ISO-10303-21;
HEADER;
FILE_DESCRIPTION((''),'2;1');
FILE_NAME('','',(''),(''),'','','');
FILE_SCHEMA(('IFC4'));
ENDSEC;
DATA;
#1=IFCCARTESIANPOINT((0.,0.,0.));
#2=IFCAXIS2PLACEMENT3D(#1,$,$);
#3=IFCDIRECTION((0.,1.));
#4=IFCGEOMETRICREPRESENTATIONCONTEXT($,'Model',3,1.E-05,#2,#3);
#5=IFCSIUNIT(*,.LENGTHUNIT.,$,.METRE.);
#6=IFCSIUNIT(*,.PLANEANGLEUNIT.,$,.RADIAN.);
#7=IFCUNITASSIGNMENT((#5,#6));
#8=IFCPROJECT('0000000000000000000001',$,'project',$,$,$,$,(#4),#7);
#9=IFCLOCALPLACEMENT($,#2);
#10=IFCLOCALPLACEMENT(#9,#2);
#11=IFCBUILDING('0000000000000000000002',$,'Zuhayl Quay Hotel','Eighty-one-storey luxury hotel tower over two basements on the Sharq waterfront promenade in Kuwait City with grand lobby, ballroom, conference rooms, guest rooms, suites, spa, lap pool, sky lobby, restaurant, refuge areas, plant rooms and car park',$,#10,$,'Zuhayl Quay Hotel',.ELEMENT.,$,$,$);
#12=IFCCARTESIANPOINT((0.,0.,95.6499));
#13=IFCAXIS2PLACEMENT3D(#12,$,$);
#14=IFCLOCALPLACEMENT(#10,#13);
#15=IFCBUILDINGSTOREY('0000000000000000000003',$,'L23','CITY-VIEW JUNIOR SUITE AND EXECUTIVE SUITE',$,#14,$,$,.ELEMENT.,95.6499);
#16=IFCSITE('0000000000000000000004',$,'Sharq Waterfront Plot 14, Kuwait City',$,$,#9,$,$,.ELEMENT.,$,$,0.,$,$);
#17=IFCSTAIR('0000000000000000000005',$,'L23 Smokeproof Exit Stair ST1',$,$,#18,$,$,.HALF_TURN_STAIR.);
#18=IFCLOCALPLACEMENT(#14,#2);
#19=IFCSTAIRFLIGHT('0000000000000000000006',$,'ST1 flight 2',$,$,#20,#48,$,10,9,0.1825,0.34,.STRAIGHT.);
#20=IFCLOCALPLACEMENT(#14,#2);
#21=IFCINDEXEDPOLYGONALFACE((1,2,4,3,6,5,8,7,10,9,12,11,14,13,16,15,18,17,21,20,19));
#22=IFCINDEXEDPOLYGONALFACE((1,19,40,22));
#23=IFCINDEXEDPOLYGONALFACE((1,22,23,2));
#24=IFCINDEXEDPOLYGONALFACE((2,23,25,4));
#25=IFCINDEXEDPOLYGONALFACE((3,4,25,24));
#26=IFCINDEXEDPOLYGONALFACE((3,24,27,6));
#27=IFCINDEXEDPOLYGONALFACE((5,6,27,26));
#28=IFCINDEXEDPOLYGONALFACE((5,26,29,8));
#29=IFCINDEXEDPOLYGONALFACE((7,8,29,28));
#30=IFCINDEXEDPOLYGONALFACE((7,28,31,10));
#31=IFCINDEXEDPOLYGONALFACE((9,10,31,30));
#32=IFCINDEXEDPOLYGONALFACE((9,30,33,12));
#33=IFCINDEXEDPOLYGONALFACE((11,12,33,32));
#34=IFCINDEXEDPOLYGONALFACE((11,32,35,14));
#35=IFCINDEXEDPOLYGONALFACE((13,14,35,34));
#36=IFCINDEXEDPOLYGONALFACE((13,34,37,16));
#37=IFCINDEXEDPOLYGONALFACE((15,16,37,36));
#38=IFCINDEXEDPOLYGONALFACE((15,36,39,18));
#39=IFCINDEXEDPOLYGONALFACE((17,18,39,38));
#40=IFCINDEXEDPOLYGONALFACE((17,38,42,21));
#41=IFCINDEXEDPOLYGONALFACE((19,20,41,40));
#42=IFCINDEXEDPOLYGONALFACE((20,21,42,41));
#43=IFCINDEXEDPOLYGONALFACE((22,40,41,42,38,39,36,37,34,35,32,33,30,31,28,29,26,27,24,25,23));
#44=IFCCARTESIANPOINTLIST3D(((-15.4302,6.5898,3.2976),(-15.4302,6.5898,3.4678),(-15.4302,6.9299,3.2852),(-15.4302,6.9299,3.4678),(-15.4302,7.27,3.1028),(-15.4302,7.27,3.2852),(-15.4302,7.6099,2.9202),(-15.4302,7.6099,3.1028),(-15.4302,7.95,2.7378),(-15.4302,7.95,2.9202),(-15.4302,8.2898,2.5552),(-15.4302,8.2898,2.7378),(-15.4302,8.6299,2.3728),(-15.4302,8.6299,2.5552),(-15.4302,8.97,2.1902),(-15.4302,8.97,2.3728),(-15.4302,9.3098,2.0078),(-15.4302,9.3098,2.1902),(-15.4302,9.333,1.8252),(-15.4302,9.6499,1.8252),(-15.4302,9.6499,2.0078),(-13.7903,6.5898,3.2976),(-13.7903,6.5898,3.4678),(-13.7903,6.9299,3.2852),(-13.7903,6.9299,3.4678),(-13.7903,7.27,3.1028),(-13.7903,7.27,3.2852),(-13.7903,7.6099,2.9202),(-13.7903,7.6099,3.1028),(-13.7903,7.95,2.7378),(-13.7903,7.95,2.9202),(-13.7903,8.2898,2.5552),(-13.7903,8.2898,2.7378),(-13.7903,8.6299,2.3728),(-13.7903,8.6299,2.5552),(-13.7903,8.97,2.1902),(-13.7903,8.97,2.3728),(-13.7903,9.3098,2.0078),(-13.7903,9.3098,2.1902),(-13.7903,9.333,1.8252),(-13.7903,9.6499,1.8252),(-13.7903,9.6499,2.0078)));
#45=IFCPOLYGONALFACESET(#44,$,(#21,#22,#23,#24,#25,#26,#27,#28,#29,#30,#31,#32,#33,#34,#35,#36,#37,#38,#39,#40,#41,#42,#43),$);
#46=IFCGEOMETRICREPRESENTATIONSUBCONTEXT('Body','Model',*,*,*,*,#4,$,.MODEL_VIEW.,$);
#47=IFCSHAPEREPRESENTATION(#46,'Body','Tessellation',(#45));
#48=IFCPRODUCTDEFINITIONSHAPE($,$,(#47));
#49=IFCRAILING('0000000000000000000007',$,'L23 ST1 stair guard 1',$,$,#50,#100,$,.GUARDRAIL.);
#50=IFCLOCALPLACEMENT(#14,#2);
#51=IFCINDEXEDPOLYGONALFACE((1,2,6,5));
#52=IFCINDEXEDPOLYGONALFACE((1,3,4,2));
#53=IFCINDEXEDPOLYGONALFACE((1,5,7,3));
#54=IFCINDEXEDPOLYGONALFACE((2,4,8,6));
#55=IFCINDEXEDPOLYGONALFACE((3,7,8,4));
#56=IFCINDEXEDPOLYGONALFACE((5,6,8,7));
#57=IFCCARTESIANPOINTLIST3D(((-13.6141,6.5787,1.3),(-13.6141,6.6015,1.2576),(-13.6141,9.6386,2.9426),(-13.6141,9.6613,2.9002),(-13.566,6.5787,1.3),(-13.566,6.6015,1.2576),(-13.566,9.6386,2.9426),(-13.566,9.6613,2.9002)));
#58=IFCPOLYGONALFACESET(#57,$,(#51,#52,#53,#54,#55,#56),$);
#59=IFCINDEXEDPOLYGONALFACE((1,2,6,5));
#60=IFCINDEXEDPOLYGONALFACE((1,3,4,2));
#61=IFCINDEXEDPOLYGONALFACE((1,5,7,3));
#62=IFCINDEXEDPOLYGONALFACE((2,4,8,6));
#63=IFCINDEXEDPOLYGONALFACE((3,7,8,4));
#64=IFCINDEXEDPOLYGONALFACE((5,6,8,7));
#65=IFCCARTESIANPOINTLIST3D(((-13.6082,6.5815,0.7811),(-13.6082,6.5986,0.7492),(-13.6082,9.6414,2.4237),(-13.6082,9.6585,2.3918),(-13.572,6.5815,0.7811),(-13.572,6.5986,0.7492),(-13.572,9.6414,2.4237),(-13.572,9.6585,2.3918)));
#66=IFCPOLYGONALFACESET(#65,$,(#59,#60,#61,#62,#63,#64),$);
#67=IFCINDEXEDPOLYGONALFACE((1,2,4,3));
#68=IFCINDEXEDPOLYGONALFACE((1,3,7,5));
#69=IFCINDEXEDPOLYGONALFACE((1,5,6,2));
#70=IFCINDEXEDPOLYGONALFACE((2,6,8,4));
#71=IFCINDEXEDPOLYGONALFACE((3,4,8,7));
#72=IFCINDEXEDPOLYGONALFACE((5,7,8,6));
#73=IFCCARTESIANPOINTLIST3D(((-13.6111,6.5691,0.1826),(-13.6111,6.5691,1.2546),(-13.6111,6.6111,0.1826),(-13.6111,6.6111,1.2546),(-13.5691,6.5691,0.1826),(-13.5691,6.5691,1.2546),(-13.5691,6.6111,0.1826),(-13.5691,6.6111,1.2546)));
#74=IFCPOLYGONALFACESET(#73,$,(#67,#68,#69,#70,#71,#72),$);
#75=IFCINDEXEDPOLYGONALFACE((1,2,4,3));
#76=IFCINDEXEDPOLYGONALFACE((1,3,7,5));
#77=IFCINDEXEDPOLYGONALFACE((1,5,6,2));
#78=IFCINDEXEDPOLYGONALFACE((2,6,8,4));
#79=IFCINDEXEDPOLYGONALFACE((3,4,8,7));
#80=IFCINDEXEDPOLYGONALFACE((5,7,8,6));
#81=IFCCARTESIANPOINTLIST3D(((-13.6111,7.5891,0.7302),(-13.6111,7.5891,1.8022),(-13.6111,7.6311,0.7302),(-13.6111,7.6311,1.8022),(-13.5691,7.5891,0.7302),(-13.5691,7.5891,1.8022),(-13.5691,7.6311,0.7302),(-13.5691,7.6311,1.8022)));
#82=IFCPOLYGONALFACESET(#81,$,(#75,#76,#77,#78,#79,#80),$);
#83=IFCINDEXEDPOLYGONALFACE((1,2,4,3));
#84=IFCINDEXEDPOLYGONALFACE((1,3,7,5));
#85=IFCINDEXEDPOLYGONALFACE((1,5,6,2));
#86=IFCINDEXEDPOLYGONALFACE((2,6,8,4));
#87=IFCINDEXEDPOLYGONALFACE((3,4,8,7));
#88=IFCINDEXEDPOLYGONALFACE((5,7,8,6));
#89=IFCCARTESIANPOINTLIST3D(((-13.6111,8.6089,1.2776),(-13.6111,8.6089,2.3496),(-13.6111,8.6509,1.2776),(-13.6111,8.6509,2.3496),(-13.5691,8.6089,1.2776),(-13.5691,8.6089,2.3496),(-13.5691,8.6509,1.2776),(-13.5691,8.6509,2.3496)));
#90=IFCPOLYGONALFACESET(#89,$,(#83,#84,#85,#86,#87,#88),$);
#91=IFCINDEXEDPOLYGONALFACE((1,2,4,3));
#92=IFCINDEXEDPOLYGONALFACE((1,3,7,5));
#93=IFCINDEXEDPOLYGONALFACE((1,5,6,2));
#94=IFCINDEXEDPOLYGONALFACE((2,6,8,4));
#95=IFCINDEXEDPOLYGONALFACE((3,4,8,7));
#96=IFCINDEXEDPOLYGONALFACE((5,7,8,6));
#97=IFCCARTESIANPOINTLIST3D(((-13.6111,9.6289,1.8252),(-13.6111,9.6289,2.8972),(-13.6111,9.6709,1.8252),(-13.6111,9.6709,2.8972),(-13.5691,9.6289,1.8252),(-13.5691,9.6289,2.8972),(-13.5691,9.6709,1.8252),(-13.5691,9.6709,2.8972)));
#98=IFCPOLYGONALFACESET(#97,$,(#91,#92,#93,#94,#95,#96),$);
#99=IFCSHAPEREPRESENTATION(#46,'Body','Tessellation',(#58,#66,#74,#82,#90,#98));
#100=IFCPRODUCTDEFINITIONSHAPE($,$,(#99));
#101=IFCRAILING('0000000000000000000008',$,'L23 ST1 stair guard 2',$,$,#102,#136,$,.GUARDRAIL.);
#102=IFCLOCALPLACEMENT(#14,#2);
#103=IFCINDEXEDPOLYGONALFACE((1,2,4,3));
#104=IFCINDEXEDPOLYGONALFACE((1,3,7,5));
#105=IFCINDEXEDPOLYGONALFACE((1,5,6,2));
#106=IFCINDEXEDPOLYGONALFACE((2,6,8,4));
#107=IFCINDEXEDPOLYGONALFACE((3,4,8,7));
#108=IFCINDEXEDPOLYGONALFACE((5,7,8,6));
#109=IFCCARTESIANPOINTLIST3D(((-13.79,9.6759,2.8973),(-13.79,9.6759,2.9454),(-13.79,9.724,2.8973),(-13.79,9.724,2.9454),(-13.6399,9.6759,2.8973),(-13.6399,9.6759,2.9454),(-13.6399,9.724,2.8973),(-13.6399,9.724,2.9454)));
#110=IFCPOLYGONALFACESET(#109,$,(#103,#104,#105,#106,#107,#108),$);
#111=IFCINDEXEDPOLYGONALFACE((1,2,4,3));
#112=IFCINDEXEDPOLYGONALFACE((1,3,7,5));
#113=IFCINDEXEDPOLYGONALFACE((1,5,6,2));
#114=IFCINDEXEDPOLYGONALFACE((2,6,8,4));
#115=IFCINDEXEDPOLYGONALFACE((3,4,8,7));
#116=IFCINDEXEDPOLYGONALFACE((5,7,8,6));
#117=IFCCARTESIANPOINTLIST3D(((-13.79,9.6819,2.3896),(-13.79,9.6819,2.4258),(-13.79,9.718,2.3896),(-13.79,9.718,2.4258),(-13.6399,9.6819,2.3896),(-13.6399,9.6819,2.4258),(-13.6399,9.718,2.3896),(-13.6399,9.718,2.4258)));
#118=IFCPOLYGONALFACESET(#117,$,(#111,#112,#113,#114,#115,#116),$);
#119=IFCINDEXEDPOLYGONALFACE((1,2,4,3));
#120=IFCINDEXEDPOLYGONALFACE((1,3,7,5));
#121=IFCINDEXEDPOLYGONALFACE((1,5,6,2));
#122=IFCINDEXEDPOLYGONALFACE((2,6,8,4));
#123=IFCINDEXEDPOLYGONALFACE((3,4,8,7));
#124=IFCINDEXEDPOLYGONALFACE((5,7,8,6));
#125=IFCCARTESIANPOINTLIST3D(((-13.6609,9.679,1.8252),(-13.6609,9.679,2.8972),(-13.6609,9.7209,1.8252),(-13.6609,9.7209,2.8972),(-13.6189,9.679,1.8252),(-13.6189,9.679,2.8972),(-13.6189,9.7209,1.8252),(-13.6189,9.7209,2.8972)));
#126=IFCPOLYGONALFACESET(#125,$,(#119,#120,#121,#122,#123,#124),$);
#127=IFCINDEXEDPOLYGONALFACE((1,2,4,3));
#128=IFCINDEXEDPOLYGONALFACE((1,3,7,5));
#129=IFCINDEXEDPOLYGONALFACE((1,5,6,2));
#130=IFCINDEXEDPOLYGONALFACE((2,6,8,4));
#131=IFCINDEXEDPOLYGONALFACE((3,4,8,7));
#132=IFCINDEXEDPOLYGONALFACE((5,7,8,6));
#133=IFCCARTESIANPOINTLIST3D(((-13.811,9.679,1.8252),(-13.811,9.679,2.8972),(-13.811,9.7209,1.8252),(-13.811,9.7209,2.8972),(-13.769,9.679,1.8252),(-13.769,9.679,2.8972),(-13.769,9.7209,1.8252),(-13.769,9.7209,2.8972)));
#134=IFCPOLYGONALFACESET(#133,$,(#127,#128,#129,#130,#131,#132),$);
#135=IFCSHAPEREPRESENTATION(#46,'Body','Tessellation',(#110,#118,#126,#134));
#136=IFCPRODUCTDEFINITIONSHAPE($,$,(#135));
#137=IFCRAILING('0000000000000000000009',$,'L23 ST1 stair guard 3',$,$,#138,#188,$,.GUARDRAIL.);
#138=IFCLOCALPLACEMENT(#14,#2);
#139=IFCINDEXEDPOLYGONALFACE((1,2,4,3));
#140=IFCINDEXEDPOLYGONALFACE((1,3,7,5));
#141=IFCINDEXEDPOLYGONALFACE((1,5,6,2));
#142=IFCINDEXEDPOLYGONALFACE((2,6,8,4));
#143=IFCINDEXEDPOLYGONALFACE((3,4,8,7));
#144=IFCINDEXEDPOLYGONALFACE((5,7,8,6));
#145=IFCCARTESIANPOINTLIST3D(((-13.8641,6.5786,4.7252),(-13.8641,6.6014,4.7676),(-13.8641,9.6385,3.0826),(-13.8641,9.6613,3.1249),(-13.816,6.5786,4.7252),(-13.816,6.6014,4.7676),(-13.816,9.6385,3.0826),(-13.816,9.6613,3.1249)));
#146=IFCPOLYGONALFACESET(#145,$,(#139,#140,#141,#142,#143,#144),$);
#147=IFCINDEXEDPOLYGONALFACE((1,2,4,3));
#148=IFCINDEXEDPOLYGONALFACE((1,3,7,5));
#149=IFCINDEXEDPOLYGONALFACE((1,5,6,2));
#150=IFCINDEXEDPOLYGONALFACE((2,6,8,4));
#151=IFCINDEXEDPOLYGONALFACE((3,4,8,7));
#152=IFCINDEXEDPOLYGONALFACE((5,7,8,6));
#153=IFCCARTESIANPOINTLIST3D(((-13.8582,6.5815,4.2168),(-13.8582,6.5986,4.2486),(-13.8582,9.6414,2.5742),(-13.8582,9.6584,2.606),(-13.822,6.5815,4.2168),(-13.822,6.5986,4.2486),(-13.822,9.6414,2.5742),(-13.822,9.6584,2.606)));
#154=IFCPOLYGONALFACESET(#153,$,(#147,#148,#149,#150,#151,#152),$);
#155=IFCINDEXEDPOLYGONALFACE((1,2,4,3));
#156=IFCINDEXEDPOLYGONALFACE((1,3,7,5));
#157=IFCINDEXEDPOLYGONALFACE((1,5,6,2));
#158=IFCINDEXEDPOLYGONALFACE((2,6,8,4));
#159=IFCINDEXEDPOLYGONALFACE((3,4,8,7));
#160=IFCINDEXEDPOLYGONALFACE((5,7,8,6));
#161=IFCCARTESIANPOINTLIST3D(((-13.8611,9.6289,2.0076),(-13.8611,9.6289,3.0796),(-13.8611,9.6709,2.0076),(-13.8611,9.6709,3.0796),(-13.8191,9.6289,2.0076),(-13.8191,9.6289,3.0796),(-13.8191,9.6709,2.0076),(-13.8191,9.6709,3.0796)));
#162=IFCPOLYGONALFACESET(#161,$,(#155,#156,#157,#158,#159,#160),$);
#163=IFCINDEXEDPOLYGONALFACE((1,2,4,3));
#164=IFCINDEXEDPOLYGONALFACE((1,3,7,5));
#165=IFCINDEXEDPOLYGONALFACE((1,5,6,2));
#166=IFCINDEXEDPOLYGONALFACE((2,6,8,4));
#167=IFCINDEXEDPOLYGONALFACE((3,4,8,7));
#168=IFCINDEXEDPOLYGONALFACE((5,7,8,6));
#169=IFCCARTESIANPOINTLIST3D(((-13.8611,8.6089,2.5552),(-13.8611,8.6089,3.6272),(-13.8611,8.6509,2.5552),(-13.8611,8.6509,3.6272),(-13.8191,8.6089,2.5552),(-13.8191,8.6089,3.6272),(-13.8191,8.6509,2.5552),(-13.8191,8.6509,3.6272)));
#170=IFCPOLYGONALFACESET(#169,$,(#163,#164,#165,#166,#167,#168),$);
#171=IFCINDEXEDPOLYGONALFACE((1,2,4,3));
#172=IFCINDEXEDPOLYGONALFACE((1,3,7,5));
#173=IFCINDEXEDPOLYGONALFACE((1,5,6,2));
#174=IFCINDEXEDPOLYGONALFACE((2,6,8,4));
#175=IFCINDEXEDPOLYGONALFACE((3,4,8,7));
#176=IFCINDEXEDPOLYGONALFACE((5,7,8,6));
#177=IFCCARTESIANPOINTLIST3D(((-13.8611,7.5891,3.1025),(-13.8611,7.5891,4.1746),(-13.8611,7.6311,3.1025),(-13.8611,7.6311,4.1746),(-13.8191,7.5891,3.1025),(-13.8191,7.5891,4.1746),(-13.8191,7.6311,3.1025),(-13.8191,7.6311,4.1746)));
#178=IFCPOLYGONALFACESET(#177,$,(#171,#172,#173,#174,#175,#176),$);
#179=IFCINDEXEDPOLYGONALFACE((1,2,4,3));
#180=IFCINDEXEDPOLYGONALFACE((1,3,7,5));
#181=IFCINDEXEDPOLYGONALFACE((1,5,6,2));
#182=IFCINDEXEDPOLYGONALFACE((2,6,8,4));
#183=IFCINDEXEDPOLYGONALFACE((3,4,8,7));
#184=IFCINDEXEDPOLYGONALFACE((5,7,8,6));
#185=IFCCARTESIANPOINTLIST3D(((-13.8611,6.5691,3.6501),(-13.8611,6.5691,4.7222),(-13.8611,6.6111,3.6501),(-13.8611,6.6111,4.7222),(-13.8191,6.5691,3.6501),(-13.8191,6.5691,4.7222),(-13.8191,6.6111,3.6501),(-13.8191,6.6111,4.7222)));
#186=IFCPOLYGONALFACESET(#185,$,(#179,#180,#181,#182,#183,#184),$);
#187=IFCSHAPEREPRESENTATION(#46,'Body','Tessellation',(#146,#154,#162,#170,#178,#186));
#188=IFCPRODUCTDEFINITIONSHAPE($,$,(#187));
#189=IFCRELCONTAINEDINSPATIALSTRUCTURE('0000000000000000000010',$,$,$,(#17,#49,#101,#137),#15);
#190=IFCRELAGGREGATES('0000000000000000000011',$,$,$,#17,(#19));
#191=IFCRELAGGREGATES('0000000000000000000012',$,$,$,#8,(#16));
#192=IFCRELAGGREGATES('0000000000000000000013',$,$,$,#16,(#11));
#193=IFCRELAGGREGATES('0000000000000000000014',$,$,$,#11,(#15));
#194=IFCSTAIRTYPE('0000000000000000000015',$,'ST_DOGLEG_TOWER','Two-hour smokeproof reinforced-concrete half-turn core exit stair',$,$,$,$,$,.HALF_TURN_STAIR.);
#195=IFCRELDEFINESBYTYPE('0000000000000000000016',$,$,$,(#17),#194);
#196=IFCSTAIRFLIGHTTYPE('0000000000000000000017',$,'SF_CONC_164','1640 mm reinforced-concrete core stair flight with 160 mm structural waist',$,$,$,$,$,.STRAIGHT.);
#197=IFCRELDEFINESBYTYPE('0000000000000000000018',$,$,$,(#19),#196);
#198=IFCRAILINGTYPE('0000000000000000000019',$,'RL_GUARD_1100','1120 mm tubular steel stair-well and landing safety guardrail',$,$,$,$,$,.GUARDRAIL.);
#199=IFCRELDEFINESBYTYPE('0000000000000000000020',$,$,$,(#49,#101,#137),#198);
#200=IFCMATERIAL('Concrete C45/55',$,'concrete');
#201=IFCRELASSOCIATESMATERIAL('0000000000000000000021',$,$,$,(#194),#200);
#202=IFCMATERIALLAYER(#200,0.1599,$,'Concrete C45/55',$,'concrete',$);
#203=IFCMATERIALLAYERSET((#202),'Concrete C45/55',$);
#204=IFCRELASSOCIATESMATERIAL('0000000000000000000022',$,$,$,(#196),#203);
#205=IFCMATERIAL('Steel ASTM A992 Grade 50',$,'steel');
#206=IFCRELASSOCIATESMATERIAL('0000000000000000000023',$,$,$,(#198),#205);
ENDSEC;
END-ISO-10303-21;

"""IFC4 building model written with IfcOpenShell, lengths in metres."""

from ifc_helpers import new_model, si_unit, direction, frame, origin, origin_2d, place, context, subcontext, project, spatial, polyline, rectangle, outline, extrude, material, layer, layer_set, type_object, element, aggregate, save


model = new_model("IFC4")

# Units and contexts
model_context = context("Model", 3, precision=1e-05, world=origin(), true_north=direction((0.0, 1.0)))
body_context = subcontext(model_context, "Body", "Model", "MODEL_VIEW")
ifc_project = project(units=[si_unit("LENGTHUNIT", "METRE"), si_unit("PLANEANGLEUNIT", "RADIAN")], contexts=[model_context])

# Site, building, storey
site_placement = place(None, origin())
site = spatial("IfcSite", under=ifc_project, at=site_placement, Name="Sharq Waterfront Plot 14, Kuwait City", CompositionType="ELEMENT", RefElevation=0.0)
building_placement = place(site_placement, origin())
building = spatial("IfcBuilding", under=site, at=building_placement, Name="Zuhayl Quay Hotel", Description="Eighty-one-storey luxury hotel tower over two basements on the Sharq waterfront promenade in Kuwait City with grand lobby, ballroom, conference rooms, guest rooms, suites, spa, lap pool, sky lobby, restaurant, refuge areas, plant rooms and car park", LongName="Zuhayl Quay Hotel", CompositionType="ELEMENT")
storey_placement = place(building_placement, frame((0.0, 0.0, 95.6499)))
storey = spatial("IfcBuildingStorey", under=building, at=storey_placement, Name="L23", Description="CITY-VIEW JUNIOR SUITE AND EXECUTIVE SUITE", CompositionType="ELEMENT", Elevation=95.6499)

# Shared definitions
ifc_material_1 = material(Name="Steel ASTM A992 Grade 50", Category="steel")

# Stair, stair flight
ifc_material_2 = material(Name="Concrete C45/55", Category="concrete")
stair_type = type_object("IfcStairType", Name="ST_DOGLEG_TOWER", Description="Two-hour smokeproof reinforced-concrete half-turn core exit stair", PredefinedType="HALF_TURN_STAIR", material=ifc_material_2)
stair_placement = place(storey_placement, origin())
stair = element("IfcStair", 1, at=stair_placement, inside=storey, type_object=stair_type, Name="L23 Smokeproof Exit Stair ST1", PredefinedType="HALF_TURN_STAIR")
ifc_layer_1 = layer(ifc_material_2, 0.1599, Name="Concrete C45/55", Category="concrete")
ifc_layer_set_1 = layer_set([ifc_layer_1], Name="Concrete C45/55")
stair_flight_type = type_object("IfcStairFlightType", Name="SF_CONC_164", Description="1640 mm reinforced-concrete core stair flight with 160 mm structural waist", PredefinedType="STRAIGHT", material=ifc_layer_set_1)
stair_flight_placement = place(storey_placement, frame((-14.6101, 9.6499, 1.8252), z_axis=(0.0, 0.0, 1.0), x_axis=(0.0, -1.0, 0.0)))
stair_flight = element("IfcStairFlight", 2, at=stair_flight_placement, type_object=stair_flight_type, Name="ST1 flight 2", NumberOfRisers=10, NumberOfTreads=9, PredefinedType="STRAIGHT", RiserHeight=0.1825, TreadLength=0.34, context=body_context, shape_type="SweptSolid", body=[
    extrude(outline(polyline([(0.0, 0.0), (0.0, 0.1826), (0.3401, 0.1826), (0.3401, 0.365), (0.6799, 0.365), (0.6799, 0.5476), (1.02, 0.5476), (1.02, 0.73), (1.3601, 0.73), (1.3601, 0.9126), (1.7, 0.9126), (1.7, 1.095), (2.04, 1.095), (2.04, 1.2776), (2.3799, 1.2776), (2.3799, 1.46), (2.72, 1.46), (2.72, 1.6426), (3.0601, 1.6426), (3.0601, 1.825), (3.0601, 1.4724), (0.3169, 0.0), (0.0, 0.0)])), frame((0.0, 0.8198, 0.0), z_axis=(0.0, -1.0, 0.0), x_axis=(1.0, 0.0, 0.0)), (0.0, 0.0, 1.0), 1.6399),
])
aggregate(stair, [stair_flight])

# Railings
railing_type_1 = type_object("IfcRailingType", Name="RL_GUARD_1100", Description="1120 mm tubular steel stair-well and landing safety guardrail", PredefinedType="GUARDRAIL", material=ifc_material_1)
railing_1_placement = place(storey_placement, frame((-13.5901, 6.5901, 0.1826)))
element("IfcRailing", 3, at=railing_1_placement, inside=storey, type_object=railing_type_1, Name="L23 ST1 stair guard 1", PredefinedType="GUARDRAIL", context=body_context, shape_type="SweptSolid", body=[
    extrude(rectangle(XDim=0.0481, YDim=0.0481, at=origin_2d()), frame((0.0, 0.0, 1.0962), z_axis=(0.0, 0.881073, 0.47298), x_axis=(-1.0, 0.0, 0.0)), (0.0, 0.0, 1.0), 3.4729),
    extrude(rectangle(XDim=0.0361, YDim=0.0361, at=origin_2d()), frame((0.0, 0.0, 0.5825), z_axis=(0.0, 0.881073, 0.47298), x_axis=(-1.0, 0.0, 0.0)), (0.0, 0.0, 1.0), 3.4729),
    extrude(rectangle(XDim=0.042, YDim=0.042, at=origin_2d()), origin(), (0.0, 0.0, 1.0), 1.072),
    extrude(rectangle(XDim=0.042, YDim=0.042, at=origin_2d()), frame((0.0, 1.02, 0.5476)), (0.0, 0.0, 1.0), 1.072),
    extrude(rectangle(XDim=0.042, YDim=0.042, at=origin_2d()), frame((0.0, 2.0398, 1.095)), (0.0, 0.0, 1.0), 1.072),
    extrude(rectangle(XDim=0.042, YDim=0.042, at=origin_2d()), frame((0.0, 3.0598, 1.6426)), (0.0, 0.0, 1.0), 1.072),
])
railing_2_placement = place(storey_placement, frame((-13.6399, 9.7, 1.8252)))
element("IfcRailing", 4, at=railing_2_placement, inside=storey, type_object=railing_type_1, Name="L23 ST1 stair guard 2", PredefinedType="GUARDRAIL", context=body_context, shape_type="SweptSolid", body=[
    extrude(rectangle(XDim=0.0481, YDim=0.0481, at=origin_2d()), frame((0.0, 0.0, 1.0962), z_axis=(-1.0, 0.0, 0.0), x_axis=(0.0, -1.0, 0.0)), (0.0, 0.0, 1.0), 0.1501),
    extrude(rectangle(XDim=0.0361, YDim=0.0361, at=origin_2d()), frame((0.0, 0.0, 0.5825), z_axis=(-1.0, 0.0, 0.0), x_axis=(0.0, -1.0, 0.0)), (0.0, 0.0, 1.0), 0.1501),
    extrude(rectangle(XDim=0.042, YDim=0.042, at=origin_2d()), origin(), (0.0, 0.0, 1.0), 1.072),
    extrude(rectangle(XDim=0.042, YDim=0.042, at=origin_2d()), frame((-0.1501, 0.0, 0.0)), (0.0, 0.0, 1.0), 1.072),
])
railing_3_placement = place(storey_placement, frame((-13.8401, 9.6499, 2.0076)))
element("IfcRailing", 5, at=railing_3_placement, inside=storey, type_object=railing_type_1, Name="L23 ST1 stair guard 3", PredefinedType="GUARDRAIL", context=body_context, shape_type="SweptSolid", body=[
    extrude(rectangle(XDim=0.0481, YDim=0.0481, at=origin_2d()), frame((0.0, 0.0, 1.0962), z_axis=(0.0, -0.881073, 0.47298), x_axis=(1.0, 0.0, 0.0)), (0.0, 0.0, 1.0), 3.4729),
    extrude(rectangle(XDim=0.0361, YDim=0.0361, at=origin_2d()), frame((0.0, 0.0, 0.5825), z_axis=(0.0, -0.881073, 0.47298), x_axis=(1.0, 0.0, 0.0)), (0.0, 0.0, 1.0), 3.4729),
    extrude(rectangle(XDim=0.042, YDim=0.042, at=origin_2d()), origin(), (0.0, 0.0, 1.0), 1.072),
    extrude(rectangle(XDim=0.042, YDim=0.042, at=origin_2d()), frame((0.0, -1.02, 0.5476)), (0.0, 0.0, 1.0), 1.072),
    extrude(rectangle(XDim=0.042, YDim=0.042, at=origin_2d()), frame((0.0, -2.0398, 1.095)), (0.0, 0.0, 1.0), 1.072),
    extrude(rectangle(XDim=0.042, YDim=0.042, at=origin_2d()), frame((0.0, -3.0598, 1.6426)), (0.0, 0.0, 1.0), 1.072),
])

save(model, "model.ifc")
